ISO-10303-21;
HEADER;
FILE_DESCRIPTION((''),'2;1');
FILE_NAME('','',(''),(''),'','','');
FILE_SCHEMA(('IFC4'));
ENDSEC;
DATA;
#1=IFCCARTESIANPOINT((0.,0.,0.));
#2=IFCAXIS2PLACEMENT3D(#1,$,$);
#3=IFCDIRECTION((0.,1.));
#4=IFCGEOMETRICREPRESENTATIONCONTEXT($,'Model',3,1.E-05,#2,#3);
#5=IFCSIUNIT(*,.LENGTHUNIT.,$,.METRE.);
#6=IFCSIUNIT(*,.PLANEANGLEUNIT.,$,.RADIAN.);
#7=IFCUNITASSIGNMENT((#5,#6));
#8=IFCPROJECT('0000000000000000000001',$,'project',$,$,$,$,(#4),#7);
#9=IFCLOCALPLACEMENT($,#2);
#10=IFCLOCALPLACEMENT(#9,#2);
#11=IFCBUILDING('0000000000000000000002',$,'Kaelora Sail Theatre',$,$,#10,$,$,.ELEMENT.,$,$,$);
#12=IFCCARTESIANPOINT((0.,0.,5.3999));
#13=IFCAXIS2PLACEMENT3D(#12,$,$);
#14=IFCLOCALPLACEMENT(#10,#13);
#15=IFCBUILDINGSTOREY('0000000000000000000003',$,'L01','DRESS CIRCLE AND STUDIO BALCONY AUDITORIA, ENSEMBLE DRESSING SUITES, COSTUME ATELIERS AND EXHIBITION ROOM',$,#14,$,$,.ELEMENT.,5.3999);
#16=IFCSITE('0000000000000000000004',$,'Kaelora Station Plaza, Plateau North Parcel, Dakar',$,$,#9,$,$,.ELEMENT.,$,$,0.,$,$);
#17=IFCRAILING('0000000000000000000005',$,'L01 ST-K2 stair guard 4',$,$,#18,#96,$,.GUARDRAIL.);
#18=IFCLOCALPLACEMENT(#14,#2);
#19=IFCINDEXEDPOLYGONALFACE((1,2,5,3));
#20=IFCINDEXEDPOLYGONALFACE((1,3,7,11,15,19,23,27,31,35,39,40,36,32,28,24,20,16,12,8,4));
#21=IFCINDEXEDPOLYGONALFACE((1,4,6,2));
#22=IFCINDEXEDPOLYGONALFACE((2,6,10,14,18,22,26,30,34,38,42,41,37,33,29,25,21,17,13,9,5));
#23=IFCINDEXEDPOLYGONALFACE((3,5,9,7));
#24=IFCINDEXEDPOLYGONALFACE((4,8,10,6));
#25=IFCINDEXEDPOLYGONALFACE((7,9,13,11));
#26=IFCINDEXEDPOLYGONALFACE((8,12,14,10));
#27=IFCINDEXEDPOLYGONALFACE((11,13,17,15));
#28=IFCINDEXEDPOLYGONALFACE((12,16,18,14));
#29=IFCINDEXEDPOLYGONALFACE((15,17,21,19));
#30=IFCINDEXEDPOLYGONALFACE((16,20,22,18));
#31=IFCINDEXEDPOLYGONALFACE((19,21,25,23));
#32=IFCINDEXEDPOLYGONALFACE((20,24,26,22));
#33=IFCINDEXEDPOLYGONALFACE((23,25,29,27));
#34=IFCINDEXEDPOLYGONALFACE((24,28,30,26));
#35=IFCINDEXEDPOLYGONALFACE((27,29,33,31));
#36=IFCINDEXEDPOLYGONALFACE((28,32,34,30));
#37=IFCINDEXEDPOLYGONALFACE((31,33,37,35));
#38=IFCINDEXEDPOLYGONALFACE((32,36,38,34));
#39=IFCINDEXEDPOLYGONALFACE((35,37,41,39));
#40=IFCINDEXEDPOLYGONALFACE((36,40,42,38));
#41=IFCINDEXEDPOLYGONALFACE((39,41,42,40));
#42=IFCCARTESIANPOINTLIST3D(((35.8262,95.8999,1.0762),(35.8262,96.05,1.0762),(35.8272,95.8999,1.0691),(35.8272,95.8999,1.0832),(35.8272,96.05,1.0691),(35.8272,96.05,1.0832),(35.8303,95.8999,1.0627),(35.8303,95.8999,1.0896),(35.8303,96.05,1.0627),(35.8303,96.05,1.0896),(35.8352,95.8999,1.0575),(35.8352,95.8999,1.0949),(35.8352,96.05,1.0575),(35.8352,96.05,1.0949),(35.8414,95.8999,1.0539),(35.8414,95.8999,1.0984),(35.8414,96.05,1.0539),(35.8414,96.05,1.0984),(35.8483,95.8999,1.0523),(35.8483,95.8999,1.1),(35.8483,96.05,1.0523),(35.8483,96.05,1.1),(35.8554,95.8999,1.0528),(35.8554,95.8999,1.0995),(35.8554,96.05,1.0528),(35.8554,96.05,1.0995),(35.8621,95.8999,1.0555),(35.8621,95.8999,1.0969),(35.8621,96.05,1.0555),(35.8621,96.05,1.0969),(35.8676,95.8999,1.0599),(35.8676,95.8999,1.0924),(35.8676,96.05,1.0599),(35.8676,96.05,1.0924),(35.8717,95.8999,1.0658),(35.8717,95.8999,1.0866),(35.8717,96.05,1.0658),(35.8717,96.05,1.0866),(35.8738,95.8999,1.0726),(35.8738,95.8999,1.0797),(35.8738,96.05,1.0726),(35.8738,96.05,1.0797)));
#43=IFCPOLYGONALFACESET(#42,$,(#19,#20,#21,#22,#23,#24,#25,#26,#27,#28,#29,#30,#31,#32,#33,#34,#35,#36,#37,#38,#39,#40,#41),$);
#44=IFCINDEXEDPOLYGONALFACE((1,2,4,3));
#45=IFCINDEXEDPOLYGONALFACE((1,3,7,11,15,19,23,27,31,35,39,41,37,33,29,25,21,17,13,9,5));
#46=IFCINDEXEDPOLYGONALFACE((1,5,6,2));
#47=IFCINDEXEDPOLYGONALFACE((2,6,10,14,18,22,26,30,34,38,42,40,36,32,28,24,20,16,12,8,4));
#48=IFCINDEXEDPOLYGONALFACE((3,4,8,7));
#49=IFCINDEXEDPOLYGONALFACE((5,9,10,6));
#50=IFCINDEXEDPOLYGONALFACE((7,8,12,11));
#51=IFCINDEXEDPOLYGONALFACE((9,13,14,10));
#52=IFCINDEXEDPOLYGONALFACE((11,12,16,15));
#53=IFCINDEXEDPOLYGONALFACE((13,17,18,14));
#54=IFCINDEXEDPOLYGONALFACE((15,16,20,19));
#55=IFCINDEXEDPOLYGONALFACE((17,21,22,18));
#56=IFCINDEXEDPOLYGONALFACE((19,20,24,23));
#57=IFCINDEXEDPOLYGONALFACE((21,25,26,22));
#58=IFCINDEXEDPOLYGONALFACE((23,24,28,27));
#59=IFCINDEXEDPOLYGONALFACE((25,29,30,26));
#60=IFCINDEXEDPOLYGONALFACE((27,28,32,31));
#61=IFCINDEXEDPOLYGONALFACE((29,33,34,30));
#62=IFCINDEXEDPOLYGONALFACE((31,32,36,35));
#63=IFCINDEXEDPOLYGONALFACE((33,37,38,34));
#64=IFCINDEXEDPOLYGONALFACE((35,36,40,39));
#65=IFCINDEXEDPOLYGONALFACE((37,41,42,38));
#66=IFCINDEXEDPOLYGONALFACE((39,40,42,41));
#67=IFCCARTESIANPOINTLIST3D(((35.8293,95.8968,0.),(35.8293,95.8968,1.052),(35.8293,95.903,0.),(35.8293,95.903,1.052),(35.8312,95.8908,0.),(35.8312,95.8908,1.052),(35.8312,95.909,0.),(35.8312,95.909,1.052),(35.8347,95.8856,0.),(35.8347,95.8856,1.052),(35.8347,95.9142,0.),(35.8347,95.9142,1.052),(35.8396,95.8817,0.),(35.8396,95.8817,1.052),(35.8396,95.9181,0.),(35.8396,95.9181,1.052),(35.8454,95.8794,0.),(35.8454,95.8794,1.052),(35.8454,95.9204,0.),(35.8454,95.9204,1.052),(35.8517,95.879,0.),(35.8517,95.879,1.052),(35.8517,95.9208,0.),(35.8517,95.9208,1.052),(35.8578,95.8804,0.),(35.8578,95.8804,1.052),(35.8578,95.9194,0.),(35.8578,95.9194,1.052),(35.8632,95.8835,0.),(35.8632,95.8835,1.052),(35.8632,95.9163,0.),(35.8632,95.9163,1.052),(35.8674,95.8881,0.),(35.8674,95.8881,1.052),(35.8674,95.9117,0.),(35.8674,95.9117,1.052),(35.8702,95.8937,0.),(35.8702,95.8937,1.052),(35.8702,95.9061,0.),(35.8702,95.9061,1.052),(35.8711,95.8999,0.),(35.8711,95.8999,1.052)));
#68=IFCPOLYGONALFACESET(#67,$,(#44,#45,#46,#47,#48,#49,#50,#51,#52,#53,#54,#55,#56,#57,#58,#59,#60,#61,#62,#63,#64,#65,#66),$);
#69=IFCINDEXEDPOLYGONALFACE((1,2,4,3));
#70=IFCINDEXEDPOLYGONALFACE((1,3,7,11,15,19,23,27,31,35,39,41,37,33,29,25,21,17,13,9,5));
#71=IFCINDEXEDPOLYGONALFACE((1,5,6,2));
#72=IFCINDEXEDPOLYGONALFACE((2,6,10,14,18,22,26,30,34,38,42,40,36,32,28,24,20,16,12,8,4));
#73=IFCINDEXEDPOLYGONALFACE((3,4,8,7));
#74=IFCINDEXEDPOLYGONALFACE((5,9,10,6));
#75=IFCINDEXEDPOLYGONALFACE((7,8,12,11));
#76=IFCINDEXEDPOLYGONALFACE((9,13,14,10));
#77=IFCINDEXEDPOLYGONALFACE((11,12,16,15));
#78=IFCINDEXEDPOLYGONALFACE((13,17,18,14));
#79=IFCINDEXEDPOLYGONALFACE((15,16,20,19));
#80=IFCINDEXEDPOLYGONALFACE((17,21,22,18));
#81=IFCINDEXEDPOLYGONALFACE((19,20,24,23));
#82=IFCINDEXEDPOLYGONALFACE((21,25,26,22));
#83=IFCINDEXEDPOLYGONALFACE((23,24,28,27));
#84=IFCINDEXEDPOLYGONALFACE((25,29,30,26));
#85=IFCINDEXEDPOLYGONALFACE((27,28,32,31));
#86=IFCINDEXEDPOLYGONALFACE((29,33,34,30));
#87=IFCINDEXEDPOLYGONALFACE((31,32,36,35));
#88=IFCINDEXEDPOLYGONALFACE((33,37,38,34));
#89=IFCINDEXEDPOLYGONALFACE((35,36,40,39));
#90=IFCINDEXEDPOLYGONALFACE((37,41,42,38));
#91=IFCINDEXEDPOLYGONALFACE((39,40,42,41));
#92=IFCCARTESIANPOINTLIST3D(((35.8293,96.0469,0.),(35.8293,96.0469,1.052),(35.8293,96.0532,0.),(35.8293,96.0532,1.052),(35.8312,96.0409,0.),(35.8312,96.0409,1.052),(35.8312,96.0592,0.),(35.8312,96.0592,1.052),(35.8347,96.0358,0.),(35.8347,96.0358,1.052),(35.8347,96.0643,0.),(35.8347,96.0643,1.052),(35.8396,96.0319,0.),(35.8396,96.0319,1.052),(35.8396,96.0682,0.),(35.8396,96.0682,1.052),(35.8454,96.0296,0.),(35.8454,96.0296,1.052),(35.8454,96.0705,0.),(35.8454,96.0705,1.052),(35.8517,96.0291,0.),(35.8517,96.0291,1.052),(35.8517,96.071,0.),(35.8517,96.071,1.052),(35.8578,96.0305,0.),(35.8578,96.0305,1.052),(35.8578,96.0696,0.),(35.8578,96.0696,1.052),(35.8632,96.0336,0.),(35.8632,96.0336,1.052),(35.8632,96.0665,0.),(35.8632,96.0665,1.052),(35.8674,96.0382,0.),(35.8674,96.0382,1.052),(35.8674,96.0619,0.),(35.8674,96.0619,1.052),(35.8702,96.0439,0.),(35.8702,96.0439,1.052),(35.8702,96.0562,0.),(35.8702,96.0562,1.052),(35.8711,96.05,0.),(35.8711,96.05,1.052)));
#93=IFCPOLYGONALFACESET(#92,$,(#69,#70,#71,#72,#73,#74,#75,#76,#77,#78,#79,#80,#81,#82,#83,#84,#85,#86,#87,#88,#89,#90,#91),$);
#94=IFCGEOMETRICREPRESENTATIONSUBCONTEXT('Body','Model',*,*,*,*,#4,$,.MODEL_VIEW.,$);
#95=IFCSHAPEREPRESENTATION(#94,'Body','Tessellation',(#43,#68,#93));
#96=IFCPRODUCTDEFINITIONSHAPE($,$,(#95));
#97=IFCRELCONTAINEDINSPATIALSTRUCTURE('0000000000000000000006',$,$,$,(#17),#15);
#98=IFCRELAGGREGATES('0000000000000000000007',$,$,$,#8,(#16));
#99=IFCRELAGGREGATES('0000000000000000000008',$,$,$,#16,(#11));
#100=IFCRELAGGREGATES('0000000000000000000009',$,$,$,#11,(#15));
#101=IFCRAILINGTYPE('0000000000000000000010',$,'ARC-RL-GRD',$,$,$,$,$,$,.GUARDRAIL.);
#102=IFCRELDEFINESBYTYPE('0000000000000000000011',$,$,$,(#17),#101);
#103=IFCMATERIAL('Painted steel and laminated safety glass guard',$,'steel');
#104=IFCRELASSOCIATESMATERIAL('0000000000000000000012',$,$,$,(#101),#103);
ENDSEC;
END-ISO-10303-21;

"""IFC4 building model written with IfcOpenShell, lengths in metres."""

from ifc_helpers import new_model, si_unit, direction, frame, origin, origin_2d, place, context, subcontext, project, spatial, circle, extrude, material, type_object, element, save


model = new_model("IFC4")

# Units and contexts
model_context = context("Model", 3, precision=1e-05, world=origin(), true_north=direction((0.0, 1.0)))
body_context = subcontext(model_context, "Body", "Model", "MODEL_VIEW")
ifc_project = project(units=[si_unit("LENGTHUNIT", "METRE"), si_unit("PLANEANGLEUNIT", "RADIAN")], contexts=[model_context])

# Site, building, storey
site_placement = place(None, origin())
site = spatial("IfcSite", under=ifc_project, at=site_placement, Name="Kaelora Station Plaza, Plateau North Parcel, Dakar", CompositionType="ELEMENT", RefElevation=0.0)
building_placement = place(site_placement, origin())
building = spatial("IfcBuilding", under=site, at=building_placement, Name="Kaelora Sail Theatre", CompositionType="ELEMENT")
storey_placement = place(building_placement, frame((0.0, 0.0, 5.3999)))
storey = spatial("IfcBuildingStorey", under=building, at=storey_placement, Name="L01", Description="DRESS CIRCLE AND STUDIO BALCONY AUDITORIA, ENSEMBLE DRESSING SUITES, COSTUME ATELIERS AND EXHIBITION ROOM", CompositionType="ELEMENT", Elevation=5.3999)

# Railing
ifc_material_1 = material(Name="Painted steel and laminated safety glass guard", Category="steel")
railing_type_1 = type_object("IfcRailingType", Name="ARC-RL-GRD", PredefinedType="GUARDRAIL", material=ifc_material_1)
railing_1_placement = place(storey_placement, frame((35.8501, 95.8999, 0.0)))
element("IfcRailing", 1, at=railing_1_placement, inside=storey, type_object=railing_type_1, Name="L01 ST-K2 stair guard 4", PredefinedType="GUARDRAIL", context=body_context, shape_type="SweptSolid", body=[
    extrude(circle(Radius=0.0239, at=origin_2d()), frame((0.0, 0.0, 1.0762), z_axis=(0.0, 1.0, 0.0), x_axis=(-1.0, 0.0, 0.0)), (0.0, 0.0, 1.0), 0.1501),
    extrude(circle(Radius=0.021, at=origin_2d()), origin(), (0.0, 0.0, 1.0), 1.052),
    extrude(circle(Radius=0.021, at=origin_2d()), frame((0.0, 0.1501, 0.0)), (0.0, 0.0, 1.0), 1.052),
])

save(model, "model.ifc")
